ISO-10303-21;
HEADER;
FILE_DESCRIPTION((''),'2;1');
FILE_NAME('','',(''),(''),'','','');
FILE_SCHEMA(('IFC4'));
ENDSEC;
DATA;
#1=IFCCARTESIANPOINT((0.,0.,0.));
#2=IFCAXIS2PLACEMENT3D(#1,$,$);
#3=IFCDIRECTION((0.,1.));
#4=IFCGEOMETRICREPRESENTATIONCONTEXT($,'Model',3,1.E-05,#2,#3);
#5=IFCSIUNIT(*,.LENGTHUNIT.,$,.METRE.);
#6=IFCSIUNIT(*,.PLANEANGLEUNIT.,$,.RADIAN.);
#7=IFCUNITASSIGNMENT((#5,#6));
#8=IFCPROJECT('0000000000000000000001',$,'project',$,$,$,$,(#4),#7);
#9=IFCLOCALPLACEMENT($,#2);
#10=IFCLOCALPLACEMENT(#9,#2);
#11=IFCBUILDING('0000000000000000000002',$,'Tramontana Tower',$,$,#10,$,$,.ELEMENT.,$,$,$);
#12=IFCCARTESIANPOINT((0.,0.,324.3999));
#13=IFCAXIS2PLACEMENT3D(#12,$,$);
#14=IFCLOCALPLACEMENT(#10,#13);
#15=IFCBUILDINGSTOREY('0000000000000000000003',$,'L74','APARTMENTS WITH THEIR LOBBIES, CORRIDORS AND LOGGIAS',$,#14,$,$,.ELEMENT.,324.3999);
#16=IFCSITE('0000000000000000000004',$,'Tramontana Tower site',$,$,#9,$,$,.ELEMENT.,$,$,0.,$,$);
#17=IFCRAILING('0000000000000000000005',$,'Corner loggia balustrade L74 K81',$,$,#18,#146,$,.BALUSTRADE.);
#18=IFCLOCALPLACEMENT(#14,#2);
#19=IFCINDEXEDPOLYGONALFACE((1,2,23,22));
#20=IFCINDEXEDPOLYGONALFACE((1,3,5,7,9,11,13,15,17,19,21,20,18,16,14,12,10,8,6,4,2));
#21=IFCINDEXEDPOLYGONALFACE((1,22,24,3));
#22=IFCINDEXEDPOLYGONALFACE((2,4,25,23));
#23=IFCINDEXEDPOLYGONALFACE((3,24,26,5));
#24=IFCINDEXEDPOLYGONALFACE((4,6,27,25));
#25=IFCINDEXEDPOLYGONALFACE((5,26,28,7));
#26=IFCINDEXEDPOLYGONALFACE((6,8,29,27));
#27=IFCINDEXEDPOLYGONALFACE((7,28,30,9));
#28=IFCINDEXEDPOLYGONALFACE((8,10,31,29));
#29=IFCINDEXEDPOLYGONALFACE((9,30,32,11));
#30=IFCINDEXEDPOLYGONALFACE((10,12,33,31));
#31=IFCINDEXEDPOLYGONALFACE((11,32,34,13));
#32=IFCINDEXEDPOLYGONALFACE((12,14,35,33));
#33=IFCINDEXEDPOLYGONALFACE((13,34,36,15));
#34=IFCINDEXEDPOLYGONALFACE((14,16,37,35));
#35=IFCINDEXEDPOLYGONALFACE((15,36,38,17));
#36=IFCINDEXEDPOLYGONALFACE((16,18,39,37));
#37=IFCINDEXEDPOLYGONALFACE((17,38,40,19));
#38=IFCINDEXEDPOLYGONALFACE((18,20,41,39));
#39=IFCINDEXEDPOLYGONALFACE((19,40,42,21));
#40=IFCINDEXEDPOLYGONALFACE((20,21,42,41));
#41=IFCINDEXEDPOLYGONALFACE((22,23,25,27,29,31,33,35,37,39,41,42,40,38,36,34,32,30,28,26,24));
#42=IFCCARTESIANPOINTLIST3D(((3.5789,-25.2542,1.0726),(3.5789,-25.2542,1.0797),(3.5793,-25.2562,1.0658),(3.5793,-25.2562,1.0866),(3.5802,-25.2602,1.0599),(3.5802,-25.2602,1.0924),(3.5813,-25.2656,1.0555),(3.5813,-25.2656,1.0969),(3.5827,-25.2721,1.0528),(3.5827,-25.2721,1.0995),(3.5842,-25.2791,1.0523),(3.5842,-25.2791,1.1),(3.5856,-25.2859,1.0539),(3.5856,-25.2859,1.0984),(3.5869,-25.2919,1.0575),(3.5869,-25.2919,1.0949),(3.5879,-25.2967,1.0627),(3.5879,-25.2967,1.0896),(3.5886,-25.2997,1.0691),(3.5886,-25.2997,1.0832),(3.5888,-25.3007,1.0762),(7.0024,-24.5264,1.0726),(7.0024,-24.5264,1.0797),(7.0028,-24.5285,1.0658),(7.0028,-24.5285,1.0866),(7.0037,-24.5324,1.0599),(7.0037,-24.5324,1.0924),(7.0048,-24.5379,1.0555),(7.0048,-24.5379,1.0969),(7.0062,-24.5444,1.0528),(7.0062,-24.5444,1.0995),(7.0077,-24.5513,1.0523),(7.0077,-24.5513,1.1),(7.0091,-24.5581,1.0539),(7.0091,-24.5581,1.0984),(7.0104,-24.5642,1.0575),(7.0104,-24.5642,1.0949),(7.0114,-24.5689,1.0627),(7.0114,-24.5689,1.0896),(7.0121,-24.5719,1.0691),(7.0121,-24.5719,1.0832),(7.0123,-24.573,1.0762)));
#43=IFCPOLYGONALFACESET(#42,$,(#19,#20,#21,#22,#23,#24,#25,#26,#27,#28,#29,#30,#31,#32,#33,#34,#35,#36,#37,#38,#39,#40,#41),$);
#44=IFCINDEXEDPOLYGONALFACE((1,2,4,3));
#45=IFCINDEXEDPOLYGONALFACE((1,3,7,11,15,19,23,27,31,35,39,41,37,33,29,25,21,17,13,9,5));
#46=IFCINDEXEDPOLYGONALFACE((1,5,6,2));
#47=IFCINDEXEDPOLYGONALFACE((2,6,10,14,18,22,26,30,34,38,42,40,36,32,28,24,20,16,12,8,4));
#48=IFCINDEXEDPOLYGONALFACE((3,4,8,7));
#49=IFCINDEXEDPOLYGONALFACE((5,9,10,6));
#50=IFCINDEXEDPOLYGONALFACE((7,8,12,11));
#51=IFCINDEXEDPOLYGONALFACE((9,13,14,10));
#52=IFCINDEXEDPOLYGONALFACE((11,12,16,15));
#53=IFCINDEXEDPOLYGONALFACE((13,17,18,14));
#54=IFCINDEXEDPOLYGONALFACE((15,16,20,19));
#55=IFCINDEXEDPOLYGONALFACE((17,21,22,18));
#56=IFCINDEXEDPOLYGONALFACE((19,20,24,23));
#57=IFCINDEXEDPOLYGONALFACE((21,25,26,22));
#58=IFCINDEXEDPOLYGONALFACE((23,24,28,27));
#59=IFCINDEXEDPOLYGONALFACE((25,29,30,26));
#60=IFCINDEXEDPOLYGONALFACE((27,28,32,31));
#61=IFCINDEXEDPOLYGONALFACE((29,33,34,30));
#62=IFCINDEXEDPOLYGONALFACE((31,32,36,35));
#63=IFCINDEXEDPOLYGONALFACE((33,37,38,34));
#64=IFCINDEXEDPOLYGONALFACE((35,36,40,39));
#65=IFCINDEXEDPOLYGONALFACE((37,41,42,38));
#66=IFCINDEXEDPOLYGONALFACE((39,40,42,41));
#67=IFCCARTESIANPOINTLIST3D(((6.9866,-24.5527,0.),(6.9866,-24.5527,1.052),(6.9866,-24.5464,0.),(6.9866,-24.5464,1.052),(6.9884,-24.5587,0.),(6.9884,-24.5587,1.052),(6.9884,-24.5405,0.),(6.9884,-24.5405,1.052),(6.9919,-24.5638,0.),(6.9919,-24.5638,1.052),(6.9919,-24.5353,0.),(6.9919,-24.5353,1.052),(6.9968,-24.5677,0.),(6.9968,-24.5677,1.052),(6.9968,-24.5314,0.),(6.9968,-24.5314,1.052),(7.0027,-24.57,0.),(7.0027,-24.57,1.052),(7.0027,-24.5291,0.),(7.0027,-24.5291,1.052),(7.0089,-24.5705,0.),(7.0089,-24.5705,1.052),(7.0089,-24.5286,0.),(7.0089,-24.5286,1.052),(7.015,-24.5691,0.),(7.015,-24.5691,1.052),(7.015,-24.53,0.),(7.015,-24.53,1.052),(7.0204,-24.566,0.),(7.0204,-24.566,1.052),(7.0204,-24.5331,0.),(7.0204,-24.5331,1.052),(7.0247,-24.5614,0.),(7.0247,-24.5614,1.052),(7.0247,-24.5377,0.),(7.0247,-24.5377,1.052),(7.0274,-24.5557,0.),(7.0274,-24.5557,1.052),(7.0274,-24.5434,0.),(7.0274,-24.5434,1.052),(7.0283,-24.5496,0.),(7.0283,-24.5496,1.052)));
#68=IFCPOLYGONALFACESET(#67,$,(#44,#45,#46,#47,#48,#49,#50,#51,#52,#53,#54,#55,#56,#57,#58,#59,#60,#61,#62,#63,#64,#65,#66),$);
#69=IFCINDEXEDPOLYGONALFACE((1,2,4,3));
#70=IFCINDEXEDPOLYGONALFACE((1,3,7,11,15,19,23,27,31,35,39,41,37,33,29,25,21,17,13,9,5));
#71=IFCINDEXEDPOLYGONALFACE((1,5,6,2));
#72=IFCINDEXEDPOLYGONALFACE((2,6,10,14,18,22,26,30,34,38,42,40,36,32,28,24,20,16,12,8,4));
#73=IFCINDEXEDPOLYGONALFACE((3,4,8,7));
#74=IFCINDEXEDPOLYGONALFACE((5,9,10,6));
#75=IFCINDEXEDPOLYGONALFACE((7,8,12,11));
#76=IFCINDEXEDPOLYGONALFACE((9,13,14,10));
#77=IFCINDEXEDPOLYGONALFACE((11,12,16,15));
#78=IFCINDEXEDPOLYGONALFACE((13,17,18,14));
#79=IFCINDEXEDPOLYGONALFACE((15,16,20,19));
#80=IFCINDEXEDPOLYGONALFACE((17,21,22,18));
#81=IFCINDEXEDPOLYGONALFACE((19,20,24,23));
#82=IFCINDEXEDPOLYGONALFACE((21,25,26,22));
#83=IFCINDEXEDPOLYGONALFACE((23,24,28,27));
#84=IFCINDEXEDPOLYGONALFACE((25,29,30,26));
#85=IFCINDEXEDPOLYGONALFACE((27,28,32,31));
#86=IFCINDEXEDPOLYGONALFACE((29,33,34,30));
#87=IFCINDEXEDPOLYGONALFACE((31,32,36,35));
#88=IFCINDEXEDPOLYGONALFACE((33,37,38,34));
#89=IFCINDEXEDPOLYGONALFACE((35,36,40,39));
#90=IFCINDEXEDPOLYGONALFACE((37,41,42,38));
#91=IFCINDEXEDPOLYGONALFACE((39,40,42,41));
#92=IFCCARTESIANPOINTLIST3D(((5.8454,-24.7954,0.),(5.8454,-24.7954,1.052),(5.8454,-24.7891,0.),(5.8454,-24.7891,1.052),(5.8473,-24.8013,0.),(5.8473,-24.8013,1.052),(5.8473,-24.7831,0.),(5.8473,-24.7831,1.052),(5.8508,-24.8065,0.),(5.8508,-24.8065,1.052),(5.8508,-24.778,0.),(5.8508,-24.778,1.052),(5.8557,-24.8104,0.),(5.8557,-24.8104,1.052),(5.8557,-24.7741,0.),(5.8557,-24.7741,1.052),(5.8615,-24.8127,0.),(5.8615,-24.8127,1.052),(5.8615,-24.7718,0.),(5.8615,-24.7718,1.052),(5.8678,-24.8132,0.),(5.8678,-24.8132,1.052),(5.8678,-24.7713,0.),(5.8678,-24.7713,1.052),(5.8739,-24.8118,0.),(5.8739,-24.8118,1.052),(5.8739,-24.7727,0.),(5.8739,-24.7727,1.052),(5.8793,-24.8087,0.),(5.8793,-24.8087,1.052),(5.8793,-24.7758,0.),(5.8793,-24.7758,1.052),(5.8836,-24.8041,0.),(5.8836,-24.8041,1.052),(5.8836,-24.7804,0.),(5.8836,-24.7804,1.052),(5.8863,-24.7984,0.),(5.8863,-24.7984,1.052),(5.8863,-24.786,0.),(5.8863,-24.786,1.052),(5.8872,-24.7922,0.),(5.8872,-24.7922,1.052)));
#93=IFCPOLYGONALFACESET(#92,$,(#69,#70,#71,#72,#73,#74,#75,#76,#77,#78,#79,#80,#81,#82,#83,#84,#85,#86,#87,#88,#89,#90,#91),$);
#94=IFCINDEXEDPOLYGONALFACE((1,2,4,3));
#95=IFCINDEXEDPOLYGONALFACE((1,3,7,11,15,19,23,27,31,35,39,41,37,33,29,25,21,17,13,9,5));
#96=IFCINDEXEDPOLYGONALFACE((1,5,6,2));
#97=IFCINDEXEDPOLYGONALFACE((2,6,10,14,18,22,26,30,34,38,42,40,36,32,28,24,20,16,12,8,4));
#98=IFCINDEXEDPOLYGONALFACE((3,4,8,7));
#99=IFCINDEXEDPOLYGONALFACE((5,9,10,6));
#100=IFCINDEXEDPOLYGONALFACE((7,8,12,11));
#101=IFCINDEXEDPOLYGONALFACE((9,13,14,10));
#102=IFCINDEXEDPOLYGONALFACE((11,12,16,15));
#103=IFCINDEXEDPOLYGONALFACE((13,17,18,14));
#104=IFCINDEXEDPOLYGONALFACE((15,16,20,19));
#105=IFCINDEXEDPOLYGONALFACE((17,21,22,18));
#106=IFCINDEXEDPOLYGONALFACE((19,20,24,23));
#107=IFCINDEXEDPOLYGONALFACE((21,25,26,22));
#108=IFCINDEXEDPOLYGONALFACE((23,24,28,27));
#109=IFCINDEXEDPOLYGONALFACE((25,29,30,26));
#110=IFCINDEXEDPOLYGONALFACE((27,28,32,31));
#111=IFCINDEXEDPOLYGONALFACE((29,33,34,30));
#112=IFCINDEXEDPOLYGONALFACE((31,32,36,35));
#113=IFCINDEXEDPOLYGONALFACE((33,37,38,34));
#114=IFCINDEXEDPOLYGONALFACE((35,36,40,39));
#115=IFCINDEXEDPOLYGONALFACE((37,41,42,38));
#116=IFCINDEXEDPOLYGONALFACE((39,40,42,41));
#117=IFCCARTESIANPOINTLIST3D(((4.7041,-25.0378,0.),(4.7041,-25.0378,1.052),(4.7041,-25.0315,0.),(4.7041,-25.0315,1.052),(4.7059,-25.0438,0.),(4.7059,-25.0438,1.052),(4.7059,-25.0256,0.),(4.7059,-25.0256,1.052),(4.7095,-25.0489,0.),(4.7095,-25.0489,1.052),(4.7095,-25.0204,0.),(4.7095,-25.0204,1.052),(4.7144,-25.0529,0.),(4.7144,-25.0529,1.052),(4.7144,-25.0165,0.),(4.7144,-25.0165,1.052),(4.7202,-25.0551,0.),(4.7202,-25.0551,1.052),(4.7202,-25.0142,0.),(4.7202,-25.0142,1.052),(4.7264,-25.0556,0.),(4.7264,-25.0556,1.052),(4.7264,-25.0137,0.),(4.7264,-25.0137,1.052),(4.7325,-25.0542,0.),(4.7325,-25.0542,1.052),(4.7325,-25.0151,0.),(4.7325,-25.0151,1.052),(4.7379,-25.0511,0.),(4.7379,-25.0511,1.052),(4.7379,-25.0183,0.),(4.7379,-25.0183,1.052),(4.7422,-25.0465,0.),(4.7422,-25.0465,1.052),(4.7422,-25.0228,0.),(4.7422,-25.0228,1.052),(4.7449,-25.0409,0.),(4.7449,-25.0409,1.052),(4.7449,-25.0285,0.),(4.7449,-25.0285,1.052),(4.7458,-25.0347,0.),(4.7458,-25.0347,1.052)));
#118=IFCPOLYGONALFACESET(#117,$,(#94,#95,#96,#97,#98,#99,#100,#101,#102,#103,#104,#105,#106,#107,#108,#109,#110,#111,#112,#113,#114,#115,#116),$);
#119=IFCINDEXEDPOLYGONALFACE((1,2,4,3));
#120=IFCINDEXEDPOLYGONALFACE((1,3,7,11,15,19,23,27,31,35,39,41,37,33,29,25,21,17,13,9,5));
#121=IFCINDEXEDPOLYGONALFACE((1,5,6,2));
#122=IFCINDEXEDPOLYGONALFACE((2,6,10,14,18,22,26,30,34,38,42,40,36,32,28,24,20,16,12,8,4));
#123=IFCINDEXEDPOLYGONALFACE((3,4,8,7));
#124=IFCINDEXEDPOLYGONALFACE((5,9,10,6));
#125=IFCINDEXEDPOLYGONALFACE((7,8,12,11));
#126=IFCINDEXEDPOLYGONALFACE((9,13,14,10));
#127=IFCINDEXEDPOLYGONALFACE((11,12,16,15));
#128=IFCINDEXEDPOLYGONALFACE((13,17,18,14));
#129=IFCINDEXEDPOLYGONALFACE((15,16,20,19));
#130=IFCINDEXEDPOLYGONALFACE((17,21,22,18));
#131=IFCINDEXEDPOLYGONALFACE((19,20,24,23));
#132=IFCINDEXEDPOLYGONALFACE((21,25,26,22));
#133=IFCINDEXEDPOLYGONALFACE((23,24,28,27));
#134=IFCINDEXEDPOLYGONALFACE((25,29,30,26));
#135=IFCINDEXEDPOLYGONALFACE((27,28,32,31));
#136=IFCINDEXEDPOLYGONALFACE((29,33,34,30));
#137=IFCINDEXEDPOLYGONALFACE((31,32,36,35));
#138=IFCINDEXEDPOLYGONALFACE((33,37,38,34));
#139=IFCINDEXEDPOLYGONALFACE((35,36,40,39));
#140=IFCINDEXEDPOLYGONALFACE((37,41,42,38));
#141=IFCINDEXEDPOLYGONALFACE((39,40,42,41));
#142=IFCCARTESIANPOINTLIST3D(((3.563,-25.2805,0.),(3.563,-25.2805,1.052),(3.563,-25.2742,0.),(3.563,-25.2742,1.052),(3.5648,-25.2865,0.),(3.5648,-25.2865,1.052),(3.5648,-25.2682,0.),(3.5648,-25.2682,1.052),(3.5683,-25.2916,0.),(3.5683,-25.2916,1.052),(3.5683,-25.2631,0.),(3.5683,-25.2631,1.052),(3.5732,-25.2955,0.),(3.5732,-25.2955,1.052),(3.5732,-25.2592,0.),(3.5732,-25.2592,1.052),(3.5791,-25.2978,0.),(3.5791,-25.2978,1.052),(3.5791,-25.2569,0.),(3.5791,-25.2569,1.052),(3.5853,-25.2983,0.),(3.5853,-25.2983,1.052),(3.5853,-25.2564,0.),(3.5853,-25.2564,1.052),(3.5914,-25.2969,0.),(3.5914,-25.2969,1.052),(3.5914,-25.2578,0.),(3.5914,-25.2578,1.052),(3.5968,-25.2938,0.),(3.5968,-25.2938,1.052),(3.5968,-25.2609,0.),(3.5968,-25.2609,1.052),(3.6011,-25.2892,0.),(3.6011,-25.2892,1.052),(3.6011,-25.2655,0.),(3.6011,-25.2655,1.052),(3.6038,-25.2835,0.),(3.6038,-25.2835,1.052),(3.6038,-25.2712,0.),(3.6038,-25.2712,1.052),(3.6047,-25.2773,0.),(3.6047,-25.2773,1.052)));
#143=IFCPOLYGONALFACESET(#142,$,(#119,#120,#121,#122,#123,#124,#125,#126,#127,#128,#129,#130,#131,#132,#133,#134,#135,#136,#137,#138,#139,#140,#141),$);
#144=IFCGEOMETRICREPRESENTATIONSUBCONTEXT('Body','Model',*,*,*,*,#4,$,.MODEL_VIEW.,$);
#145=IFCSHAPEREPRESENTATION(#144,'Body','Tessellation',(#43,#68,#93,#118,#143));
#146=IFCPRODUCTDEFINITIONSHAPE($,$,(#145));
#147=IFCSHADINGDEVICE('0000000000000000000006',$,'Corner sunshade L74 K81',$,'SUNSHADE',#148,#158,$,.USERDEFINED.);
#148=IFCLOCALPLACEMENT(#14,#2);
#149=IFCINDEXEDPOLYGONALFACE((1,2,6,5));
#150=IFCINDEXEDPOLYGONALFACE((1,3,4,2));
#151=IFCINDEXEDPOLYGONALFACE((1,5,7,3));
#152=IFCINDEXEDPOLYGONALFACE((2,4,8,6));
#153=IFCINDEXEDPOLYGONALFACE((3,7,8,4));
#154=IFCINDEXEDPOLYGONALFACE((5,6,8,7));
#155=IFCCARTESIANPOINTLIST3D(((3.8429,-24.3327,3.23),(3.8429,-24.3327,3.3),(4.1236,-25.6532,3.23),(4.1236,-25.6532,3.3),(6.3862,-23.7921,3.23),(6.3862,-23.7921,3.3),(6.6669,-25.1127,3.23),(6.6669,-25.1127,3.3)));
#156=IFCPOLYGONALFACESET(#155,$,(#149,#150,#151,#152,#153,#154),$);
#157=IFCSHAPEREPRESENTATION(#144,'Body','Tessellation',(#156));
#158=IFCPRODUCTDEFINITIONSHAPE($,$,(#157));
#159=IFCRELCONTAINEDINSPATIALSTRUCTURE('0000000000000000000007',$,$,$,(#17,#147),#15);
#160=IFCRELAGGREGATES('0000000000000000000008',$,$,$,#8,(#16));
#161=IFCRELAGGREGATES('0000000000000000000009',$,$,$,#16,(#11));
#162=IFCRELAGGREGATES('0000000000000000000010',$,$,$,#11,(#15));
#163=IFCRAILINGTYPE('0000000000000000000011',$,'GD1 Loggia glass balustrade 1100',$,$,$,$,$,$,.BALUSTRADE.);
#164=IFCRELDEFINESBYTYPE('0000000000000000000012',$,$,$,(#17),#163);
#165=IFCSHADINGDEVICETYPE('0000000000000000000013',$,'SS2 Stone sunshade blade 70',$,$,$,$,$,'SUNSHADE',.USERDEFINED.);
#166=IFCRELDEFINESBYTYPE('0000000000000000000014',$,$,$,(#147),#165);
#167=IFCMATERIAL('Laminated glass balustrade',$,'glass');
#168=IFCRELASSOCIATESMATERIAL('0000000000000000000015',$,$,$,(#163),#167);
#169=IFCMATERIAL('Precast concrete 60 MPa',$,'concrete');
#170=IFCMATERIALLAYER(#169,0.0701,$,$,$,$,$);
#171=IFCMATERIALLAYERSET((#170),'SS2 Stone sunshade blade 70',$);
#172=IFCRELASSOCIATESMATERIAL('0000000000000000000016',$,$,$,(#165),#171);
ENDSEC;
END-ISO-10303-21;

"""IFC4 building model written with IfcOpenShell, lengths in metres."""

from ifc_helpers import new_model, si_unit, direction, frame, origin, origin_2d, place, context, subcontext, project, spatial, rectangle, circle, extrude, material, layer, layer_set, type_object, element, save


model = new_model("IFC4")

# Units and contexts
model_context = context("Model", 3, precision=1e-05, world=origin(), true_north=direction((0.0, 1.0)))
body_context = subcontext(model_context, "Body", "Model", "MODEL_VIEW")
ifc_project = project(units=[si_unit("LENGTHUNIT", "METRE"), si_unit("PLANEANGLEUNIT", "RADIAN")], contexts=[model_context])

# Site, building, storey
site_placement = place(None, origin())
site = spatial("IfcSite", under=ifc_project, at=site_placement, Name="Tramontana Tower site", CompositionType="ELEMENT", RefElevation=0.0)
building_placement = place(site_placement, origin())
building = spatial("IfcBuilding", under=site, at=building_placement, Name="Tramontana Tower", CompositionType="ELEMENT")
storey_placement = place(building_placement, frame((0.0, 0.0, 324.3999)))
storey = spatial("IfcBuildingStorey", under=building, at=storey_placement, Name="L74", Description="APARTMENTS WITH THEIR LOBBIES, CORRIDORS AND LOGGIAS", CompositionType="ELEMENT", Elevation=324.3999)

# Railing
ifc_material_1 = material(Name="Laminated glass balustrade", Category="glass")
railing_type = type_object("IfcRailingType", Name="GD1 Loggia glass balustrade 1100", PredefinedType="BALUSTRADE", material=ifc_material_1)
railing_1_placement = place(storey_placement, frame((7.0073, -24.5496, 0.0)))
element("IfcRailing", 1, at=railing_1_placement, inside=storey, type_object=railing_type, Name="Corner loggia balustrade L74 K81", PredefinedType="BALUSTRADE", context=body_context, shape_type="SweptSolid", body=[
    extrude(circle(Radius=0.0239, at=origin_2d()), frame((0.0, 0.0, 1.0762), z_axis=(-0.978143, -0.207933, 0.0), x_axis=(0.207933, -0.978143, 0.0)), (0.0, 0.0, 1.0), 3.5),
    extrude(circle(Radius=0.021, at=origin_2d()), origin(), (0.0, 0.0, 1.0), 1.052),
    extrude(circle(Radius=0.021, at=origin_2d()), frame((-1.1411, -0.2427, 0.0)), (0.0, 0.0, 1.0), 1.052),
    extrude(circle(Radius=0.021, at=origin_2d()), frame((-2.2825, -0.4851, 0.0)), (0.0, 0.0, 1.0), 1.052),
    extrude(circle(Radius=0.021, at=origin_2d()), frame((-3.4236, -0.7278, 0.0)), (0.0, 0.0, 1.0), 1.052),
])

# Shading device
ifc_material_2 = material(Name="Precast concrete 60 MPa", Category="concrete")
ifc_layer_1 = layer(ifc_material_2, 0.0701)
ifc_layer_set_1 = layer_set([ifc_layer_1], Name="SS2 Stone sunshade blade 70")
shading_device_type = type_object("IfcShadingDeviceType", Name="SS2 Stone sunshade blade 70", ElementType="SUNSHADE", PredefinedType="USERDEFINED", material=ifc_layer_set_1)
shading_device_placement = place(storey_placement, frame((5.2549, -24.7227, 3.23), z_axis=(0.0, 0.0, 1.0), x_axis=(-0.978148, -0.207912, 0.0)))
element("IfcShadingDevice", 2, at=shading_device_placement, inside=storey, type_object=shading_device_type, Name="Corner sunshade L74 K81", ObjectType="SUNSHADE", PredefinedType="USERDEFINED", context=body_context, shape_type="SweptSolid", body=[
    extrude(rectangle(XDim=2.6001, YDim=1.3501, at=origin_2d()), origin(), (0.0, 0.0, 1.0), 0.0701),
])

save(model, "model.ifc")
